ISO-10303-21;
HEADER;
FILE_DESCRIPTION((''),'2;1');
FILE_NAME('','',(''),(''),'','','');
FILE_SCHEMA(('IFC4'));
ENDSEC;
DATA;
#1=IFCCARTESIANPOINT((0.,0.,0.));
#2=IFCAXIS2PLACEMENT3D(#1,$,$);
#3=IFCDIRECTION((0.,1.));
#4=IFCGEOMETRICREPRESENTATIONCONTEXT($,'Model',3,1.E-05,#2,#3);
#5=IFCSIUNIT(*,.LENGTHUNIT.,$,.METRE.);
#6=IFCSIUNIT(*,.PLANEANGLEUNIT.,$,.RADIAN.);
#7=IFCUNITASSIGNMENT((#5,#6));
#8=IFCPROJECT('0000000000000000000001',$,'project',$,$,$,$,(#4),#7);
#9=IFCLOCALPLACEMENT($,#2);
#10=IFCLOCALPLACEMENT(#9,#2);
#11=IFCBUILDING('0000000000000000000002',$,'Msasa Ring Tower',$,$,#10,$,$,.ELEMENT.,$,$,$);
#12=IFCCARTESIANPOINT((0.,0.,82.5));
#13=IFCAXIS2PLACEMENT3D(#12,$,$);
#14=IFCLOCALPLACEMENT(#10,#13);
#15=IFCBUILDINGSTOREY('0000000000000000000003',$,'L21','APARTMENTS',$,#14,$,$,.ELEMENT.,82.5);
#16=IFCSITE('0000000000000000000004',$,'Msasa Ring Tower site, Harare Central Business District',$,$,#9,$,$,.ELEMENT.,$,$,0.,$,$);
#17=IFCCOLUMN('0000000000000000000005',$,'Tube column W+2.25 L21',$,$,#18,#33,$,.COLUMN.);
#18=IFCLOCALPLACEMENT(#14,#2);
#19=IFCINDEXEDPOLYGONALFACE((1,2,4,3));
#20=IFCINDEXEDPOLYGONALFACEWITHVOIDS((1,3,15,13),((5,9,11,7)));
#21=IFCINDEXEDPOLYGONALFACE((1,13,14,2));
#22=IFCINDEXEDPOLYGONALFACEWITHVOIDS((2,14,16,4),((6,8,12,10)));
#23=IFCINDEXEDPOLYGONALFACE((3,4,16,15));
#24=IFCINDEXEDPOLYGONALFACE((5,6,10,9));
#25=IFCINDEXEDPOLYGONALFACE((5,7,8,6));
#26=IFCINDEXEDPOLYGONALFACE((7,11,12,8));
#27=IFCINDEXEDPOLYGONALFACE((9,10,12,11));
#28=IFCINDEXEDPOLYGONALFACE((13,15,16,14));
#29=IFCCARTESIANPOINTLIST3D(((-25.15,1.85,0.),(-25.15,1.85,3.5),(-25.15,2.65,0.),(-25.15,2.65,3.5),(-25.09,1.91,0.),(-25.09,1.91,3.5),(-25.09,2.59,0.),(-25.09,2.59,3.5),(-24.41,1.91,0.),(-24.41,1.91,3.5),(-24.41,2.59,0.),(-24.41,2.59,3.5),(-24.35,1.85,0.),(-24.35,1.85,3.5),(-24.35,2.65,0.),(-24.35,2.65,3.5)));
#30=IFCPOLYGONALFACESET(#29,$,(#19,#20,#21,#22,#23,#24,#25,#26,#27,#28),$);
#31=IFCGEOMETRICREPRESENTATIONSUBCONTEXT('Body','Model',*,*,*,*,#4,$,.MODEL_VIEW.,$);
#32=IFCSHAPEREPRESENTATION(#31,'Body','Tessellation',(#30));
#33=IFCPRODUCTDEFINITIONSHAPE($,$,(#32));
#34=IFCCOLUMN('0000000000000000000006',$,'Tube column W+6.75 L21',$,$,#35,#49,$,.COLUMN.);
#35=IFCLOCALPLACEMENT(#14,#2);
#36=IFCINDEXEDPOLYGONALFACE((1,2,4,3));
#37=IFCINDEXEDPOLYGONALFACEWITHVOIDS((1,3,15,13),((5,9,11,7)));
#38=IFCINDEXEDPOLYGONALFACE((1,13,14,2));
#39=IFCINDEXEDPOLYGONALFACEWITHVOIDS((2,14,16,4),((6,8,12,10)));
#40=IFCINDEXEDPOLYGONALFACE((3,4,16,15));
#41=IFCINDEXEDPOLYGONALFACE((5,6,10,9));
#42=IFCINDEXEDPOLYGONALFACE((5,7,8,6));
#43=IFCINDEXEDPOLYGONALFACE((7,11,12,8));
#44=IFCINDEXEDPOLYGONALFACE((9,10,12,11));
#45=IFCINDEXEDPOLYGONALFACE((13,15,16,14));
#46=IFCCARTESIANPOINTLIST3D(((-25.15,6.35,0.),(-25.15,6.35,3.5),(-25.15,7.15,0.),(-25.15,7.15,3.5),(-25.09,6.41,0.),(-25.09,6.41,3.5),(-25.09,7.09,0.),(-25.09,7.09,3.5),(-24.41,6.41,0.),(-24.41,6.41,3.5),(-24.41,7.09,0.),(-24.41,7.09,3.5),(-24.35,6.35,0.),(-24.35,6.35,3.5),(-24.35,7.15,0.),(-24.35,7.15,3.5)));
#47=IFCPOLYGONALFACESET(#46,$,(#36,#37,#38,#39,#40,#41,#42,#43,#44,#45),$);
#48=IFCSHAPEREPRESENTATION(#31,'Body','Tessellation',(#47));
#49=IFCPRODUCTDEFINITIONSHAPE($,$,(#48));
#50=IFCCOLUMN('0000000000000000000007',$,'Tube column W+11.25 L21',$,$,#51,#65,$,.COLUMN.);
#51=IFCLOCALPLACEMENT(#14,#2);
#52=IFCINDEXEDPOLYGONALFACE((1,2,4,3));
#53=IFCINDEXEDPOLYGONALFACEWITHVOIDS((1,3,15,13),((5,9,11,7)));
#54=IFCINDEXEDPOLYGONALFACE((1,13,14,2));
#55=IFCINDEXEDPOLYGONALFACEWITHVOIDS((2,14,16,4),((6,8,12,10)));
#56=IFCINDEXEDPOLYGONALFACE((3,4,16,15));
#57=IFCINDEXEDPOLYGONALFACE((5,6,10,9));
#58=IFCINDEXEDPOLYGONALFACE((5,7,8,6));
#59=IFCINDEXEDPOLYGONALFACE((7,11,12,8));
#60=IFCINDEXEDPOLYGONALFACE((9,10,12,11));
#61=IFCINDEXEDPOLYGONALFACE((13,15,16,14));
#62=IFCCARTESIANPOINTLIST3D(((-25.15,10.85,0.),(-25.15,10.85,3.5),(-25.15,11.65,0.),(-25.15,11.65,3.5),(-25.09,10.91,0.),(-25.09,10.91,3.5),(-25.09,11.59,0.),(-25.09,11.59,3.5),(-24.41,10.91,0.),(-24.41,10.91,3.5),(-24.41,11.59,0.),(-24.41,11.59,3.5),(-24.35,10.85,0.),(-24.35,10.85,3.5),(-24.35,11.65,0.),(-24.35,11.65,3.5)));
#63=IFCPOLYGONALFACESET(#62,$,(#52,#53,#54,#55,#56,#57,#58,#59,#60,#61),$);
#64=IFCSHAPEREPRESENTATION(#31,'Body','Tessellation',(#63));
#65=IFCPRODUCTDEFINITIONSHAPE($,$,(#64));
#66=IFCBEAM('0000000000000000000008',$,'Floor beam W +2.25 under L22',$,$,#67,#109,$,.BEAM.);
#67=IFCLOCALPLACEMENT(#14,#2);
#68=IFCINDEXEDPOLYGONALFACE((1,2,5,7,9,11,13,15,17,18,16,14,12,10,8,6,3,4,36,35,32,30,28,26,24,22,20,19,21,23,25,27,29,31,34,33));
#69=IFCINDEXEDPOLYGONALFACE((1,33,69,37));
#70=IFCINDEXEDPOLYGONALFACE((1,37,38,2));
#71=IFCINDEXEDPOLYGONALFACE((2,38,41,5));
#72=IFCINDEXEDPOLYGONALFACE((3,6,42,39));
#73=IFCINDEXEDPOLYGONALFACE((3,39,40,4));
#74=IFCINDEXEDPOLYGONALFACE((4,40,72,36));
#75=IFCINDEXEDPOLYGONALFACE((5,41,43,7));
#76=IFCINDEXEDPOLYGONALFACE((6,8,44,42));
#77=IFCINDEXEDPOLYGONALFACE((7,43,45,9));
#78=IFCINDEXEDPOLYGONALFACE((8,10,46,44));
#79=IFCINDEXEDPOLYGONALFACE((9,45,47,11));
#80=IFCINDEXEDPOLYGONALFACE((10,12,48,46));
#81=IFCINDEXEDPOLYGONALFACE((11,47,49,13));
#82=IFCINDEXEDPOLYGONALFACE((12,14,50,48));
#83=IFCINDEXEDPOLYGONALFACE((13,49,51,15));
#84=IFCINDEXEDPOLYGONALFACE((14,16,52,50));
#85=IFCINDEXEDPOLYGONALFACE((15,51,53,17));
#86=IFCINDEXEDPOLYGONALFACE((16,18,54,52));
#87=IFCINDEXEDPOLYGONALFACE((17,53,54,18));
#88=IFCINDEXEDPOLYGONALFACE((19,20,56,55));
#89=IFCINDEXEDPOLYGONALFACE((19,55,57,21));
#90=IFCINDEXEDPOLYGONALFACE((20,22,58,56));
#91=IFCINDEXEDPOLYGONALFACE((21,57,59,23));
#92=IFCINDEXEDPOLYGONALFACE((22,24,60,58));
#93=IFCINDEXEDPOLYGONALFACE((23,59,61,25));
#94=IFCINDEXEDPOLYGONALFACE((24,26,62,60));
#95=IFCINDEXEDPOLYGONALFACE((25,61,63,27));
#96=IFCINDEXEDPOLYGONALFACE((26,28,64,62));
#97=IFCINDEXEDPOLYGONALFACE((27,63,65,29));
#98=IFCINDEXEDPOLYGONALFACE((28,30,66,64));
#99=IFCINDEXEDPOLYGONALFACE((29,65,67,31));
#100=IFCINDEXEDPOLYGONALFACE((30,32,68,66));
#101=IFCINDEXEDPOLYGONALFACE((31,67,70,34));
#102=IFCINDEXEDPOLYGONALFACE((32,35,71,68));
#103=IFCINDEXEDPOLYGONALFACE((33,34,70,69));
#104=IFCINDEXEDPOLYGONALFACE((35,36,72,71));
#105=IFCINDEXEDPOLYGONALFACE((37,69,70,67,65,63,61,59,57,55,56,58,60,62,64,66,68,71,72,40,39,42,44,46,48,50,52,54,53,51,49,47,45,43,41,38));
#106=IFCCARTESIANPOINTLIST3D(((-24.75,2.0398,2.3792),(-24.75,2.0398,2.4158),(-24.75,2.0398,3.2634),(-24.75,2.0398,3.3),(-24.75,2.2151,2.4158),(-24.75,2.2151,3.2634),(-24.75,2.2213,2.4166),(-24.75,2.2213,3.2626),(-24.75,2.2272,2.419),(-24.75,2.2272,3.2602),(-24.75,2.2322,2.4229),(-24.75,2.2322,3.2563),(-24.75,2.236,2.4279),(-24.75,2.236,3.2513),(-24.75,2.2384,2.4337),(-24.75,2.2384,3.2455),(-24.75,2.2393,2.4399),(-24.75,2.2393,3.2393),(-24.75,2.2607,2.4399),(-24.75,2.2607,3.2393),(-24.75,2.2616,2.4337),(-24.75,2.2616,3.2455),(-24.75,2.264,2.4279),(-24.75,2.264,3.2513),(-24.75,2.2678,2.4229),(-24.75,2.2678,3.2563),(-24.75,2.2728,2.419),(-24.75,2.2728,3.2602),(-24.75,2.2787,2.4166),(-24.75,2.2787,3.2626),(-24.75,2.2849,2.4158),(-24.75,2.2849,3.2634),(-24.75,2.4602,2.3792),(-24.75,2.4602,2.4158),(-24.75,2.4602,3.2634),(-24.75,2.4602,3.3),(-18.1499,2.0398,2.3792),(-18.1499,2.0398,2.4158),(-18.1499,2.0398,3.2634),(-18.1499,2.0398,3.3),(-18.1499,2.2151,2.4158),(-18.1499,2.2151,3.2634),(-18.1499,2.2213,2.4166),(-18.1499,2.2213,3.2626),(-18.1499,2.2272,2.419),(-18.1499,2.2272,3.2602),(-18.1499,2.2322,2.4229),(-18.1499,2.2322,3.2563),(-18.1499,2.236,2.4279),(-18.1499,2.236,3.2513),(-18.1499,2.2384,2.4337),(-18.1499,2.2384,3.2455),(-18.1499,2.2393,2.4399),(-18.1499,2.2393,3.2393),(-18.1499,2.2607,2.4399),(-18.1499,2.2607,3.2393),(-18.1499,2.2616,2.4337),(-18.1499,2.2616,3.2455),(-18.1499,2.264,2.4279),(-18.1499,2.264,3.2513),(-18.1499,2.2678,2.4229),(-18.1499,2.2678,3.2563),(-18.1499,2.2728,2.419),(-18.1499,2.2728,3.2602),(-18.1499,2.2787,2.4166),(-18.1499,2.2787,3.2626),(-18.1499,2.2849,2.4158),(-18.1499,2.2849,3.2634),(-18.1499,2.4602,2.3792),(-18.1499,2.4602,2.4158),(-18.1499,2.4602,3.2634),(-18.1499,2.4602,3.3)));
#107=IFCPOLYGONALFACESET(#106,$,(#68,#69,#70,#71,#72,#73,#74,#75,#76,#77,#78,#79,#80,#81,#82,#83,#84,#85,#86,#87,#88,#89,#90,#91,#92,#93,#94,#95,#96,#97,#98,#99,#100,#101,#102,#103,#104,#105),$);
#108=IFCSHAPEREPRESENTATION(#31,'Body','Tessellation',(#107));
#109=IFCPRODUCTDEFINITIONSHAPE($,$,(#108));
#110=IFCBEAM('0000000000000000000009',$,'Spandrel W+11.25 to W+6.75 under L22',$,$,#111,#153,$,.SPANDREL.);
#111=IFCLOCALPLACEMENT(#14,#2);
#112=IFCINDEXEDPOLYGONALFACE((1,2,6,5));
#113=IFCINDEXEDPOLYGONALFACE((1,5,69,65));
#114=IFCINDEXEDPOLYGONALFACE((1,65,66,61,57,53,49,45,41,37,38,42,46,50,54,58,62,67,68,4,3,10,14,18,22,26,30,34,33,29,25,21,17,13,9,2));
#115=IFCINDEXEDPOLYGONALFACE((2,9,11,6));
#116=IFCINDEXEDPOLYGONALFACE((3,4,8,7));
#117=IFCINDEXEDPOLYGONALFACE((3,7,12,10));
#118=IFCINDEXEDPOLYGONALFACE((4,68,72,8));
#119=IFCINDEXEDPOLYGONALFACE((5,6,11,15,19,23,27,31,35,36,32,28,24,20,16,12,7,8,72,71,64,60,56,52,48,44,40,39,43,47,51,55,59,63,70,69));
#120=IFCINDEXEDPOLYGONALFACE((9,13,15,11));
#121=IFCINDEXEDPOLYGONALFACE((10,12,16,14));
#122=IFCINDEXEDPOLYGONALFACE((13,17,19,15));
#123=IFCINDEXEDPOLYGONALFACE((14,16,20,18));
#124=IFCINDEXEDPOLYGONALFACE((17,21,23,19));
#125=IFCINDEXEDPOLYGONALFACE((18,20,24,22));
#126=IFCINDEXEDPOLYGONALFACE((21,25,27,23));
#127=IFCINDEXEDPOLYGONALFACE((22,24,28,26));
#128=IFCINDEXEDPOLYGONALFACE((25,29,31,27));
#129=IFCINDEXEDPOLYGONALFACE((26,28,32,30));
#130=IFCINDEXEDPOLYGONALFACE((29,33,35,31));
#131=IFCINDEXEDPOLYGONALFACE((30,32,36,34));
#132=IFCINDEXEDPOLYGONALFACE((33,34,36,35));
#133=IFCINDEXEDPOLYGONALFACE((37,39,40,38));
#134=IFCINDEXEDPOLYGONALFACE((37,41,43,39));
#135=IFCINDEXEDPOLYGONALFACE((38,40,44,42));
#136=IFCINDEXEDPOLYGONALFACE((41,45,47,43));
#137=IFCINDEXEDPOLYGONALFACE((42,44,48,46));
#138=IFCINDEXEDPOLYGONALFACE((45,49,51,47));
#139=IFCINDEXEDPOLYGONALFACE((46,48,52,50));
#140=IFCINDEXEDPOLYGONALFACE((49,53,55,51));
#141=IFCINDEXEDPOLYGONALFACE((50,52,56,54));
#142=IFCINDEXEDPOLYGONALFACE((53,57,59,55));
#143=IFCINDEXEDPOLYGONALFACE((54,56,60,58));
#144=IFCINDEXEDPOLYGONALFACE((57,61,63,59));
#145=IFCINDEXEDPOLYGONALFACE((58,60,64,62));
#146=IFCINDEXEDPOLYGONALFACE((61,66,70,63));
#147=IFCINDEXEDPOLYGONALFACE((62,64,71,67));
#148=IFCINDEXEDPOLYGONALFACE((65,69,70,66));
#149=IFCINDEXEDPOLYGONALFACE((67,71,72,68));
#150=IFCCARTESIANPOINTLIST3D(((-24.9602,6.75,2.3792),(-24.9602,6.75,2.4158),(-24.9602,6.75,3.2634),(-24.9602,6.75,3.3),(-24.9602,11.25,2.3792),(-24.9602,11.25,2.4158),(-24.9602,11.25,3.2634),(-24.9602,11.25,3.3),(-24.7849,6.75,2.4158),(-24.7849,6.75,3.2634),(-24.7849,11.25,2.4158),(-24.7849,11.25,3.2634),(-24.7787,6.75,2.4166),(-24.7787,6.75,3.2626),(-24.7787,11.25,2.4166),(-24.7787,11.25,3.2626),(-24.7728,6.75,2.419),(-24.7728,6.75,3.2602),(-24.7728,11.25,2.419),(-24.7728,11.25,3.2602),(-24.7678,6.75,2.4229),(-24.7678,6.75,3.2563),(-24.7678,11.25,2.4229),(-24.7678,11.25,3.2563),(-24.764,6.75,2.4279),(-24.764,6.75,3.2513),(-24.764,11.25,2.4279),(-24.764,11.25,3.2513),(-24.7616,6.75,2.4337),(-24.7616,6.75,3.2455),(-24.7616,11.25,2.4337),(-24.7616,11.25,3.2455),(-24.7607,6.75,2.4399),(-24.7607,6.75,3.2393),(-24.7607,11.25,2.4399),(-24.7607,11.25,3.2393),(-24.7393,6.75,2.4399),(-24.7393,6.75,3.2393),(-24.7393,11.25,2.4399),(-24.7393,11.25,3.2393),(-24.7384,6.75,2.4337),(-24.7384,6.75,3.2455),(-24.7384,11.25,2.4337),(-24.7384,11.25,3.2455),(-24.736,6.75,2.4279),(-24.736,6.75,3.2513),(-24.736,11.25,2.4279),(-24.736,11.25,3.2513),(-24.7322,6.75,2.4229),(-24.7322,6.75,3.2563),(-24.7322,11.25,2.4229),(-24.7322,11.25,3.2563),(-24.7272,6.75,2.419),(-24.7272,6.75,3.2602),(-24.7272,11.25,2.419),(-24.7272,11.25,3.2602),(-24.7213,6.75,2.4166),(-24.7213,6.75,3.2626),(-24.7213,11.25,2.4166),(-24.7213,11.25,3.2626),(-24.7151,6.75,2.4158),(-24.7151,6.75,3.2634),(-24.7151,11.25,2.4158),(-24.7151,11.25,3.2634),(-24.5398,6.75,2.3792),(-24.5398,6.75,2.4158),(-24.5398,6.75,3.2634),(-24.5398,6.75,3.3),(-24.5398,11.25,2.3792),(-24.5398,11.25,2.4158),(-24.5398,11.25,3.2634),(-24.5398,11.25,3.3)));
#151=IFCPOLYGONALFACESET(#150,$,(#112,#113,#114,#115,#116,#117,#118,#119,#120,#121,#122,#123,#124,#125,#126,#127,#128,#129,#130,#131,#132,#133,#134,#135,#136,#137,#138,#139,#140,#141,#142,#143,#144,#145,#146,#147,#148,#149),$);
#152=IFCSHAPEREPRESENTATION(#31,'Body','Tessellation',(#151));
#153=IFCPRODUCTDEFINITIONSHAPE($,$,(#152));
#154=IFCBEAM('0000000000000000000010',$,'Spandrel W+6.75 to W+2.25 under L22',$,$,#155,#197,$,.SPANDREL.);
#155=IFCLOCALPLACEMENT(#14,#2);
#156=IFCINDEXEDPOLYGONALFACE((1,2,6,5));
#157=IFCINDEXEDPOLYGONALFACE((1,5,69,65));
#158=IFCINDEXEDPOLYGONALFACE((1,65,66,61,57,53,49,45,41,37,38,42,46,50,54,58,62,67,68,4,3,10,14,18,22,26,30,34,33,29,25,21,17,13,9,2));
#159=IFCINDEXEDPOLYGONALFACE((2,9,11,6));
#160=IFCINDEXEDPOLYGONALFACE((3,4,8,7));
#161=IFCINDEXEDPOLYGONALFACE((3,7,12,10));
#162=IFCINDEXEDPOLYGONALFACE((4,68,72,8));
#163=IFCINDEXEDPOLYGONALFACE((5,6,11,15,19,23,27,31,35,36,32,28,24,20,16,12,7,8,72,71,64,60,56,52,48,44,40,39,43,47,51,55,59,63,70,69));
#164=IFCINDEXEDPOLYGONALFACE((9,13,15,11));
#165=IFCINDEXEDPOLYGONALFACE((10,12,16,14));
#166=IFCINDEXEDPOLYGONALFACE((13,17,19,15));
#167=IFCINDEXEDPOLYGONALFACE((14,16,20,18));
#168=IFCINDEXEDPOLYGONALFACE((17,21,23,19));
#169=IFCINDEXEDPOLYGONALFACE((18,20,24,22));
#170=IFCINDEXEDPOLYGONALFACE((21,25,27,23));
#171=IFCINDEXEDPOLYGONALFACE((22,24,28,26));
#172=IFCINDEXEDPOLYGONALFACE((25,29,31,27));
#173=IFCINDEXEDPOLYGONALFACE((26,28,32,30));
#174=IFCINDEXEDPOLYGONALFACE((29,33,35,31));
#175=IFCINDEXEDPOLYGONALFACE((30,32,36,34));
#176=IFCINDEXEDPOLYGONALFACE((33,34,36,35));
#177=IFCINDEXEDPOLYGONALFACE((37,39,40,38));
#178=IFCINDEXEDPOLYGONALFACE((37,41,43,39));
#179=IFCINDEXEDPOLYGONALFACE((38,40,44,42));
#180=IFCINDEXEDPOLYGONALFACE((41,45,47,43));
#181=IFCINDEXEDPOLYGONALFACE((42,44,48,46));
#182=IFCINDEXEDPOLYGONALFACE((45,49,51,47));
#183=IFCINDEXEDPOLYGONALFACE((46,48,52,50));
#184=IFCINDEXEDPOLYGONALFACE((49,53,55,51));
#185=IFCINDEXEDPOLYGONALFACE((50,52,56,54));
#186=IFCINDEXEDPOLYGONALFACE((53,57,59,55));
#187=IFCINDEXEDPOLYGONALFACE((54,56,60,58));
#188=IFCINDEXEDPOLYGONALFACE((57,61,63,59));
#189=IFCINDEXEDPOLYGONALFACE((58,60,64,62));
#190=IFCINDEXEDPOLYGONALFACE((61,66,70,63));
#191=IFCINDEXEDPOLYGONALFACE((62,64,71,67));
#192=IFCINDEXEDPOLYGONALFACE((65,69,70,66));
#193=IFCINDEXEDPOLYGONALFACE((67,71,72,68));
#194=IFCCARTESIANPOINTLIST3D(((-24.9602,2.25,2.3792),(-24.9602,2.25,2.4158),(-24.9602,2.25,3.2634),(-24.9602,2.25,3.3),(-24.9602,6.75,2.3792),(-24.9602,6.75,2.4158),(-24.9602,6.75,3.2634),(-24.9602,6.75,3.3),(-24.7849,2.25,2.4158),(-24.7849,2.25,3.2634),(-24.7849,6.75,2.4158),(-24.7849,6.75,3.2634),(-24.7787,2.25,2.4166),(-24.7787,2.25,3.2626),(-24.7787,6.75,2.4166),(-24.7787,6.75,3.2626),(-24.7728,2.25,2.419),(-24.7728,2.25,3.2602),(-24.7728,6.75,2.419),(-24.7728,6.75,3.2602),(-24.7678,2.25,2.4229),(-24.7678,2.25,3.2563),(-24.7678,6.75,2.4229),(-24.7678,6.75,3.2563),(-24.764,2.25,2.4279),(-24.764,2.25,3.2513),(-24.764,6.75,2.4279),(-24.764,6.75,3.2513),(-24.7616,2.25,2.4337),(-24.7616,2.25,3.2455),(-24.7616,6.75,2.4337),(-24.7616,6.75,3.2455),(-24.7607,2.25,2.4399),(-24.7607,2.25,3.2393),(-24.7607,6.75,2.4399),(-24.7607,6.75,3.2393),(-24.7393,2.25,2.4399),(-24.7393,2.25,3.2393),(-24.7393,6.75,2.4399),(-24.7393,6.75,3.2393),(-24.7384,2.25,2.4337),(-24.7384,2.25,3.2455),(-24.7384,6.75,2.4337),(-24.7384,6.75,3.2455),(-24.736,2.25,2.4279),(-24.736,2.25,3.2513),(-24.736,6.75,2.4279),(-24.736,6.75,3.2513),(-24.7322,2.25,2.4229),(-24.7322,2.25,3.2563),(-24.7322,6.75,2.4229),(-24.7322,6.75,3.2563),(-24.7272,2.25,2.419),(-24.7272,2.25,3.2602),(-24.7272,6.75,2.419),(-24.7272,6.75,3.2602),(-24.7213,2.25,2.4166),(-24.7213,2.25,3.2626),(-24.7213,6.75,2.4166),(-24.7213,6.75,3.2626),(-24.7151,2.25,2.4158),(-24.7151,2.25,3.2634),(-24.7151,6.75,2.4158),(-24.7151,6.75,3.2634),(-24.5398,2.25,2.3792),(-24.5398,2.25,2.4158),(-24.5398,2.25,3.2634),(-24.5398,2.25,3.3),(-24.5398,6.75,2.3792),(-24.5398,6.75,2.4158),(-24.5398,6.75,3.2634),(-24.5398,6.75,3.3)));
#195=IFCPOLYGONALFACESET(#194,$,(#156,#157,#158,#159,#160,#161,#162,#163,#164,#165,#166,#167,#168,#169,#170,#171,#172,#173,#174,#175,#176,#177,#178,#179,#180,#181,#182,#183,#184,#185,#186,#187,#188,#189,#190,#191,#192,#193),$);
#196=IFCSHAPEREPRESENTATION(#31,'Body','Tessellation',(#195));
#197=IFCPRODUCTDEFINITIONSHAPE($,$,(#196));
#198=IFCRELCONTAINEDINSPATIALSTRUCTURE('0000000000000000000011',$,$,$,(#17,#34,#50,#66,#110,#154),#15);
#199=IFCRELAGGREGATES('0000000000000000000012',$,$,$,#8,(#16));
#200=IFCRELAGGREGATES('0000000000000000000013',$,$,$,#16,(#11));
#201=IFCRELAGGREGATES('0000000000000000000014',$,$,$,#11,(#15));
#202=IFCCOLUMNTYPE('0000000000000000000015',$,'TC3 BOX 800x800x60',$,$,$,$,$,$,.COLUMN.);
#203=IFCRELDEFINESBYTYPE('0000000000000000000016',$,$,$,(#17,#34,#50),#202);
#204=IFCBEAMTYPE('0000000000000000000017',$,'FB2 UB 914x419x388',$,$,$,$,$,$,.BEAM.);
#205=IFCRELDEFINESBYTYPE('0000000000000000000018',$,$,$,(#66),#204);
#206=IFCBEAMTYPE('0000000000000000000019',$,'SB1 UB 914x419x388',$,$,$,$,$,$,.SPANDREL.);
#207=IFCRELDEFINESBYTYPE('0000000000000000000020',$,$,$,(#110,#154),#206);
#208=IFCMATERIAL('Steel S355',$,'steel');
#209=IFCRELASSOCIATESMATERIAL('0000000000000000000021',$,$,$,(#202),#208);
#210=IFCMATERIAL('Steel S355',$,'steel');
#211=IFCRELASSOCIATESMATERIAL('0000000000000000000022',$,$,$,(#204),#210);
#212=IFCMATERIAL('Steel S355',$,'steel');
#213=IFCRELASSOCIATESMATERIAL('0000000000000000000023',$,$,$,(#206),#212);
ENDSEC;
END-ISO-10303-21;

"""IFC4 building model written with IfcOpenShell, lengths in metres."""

from ifc_helpers import new_model, si_unit, direction, frame, origin, origin_2d, place, context, subcontext, project, spatial, hollow_rectangle, i_section, extrude, material, material_profile, profile_set, type_object, element, save


model = new_model("IFC4")

# Units and contexts
model_context = context("Model", 3, precision=1e-05, world=origin(), true_north=direction((0.0, 1.0)))
body_context = subcontext(model_context, "Body", "Model", "MODEL_VIEW")
ifc_project = project(units=[si_unit("LENGTHUNIT", "METRE"), si_unit("PLANEANGLEUNIT", "RADIAN")], contexts=[model_context])

# Site, building, storey
site_placement = place(None, origin())
site = spatial("IfcSite", under=ifc_project, at=site_placement, Name="Msasa Ring Tower site, Harare Central Business District", CompositionType="ELEMENT", RefElevation=0.0)
building_placement = place(site_placement, origin())
building = spatial("IfcBuilding", under=site, at=building_placement, Name="Msasa Ring Tower", CompositionType="ELEMENT")
storey_placement = place(building_placement, frame((0.0, 0.0, 82.5)))
storey = spatial("IfcBuildingStorey", under=building, at=storey_placement, Name="L21", Description="APARTMENTS", CompositionType="ELEMENT", Elevation=82.5)

# Columns
ifc_material_1 = material(Name="Steel S355", Category="steel")
ifc_material_profile_1 = material_profile(ifc_material_1, hollow_rectangle(XDim=0.8, YDim=0.8, WallThickness=0.0601, at=origin_2d()), Name="BOX 800x800x60")
ifc_profile_set_1 = profile_set([ifc_material_profile_1], Name="Steel S355")
column_type = type_object("IfcColumnType", Name="TC3 BOX 800x800x60", PredefinedType="COLUMN", material=ifc_profile_set_1)
for number, where, z_axis, x_axis, name in (
    (1, (-24.75, 2.25, 0.0), (0.0, 0.0, 1.0), (1.0, 0.0, 0.0), "Tube column W+2.25 L21"),
    (2, (-24.75, 6.75, 0.0), (0.0, 0.0, 1.0), (1.0, 0.0, 0.0), "Tube column W+6.75 L21"),
    (3, (-24.75, 11.25, 0.0), (0.0, 0.0, 1.0), (1.0, 0.0, 0.0), "Tube column W+11.25 L21"),
):
    element("IfcColumn", number, at=place(storey_placement, frame(where, z_axis=z_axis, x_axis=x_axis)), inside=storey, type_object=column_type, Name=name, PredefinedType="COLUMN", context=body_context, shape_type="SweptSolid", body=[
        extrude(hollow_rectangle(XDim=0.8, YDim=0.8, WallThickness=0.0601, at=origin_2d()), origin(), (0.0, 0.0, 1.0), 3.5),
    ])

# Beams
ifc_material_2 = material(Name="Steel S355", Category="steel")
ifc_material_profile_2 = material_profile(ifc_material_2, i_section(OverallWidth=0.4204, OverallDepth=0.9209, WebThickness=0.0215, FlangeThickness=0.0366, FilletRadius=0.0242, at=origin_2d()), Name="UB 914x419x388")
ifc_profile_set_2 = profile_set([ifc_material_profile_2], Name="Steel S355")
beam_type_1 = type_object("IfcBeamType", Name="FB2 UB 914x419x388", PredefinedType="BEAM", material=ifc_profile_set_2)
beam_placement = place(storey_placement, frame((-24.75, 2.25, 2.8396), z_axis=(1.0, 0.0, 0.0), x_axis=(0.0, 1.0, 0.0)))
element("IfcBeam", 4, at=beam_placement, inside=storey, type_object=beam_type_1, Name="Floor beam W +2.25 under L22", PredefinedType="BEAM", context=body_context, shape_type="SweptSolid", body=[
    extrude(i_section(OverallWidth=0.4204, OverallDepth=0.9209, WebThickness=0.0215, FlangeThickness=0.0366, FilletRadius=0.0242, at=origin_2d()), origin(), (0.0, 0.0, 1.0), 6.6001),
])
ifc_material_3 = material(Name="Steel S355", Category="steel")
ifc_material_profile_3 = material_profile(ifc_material_3, i_section(OverallWidth=0.4204, OverallDepth=0.9209, WebThickness=0.0215, FlangeThickness=0.0366, FilletRadius=0.0242, at=origin_2d()), Name="UB 914x419x388")
ifc_profile_set_3 = profile_set([ifc_material_profile_3], Name="Steel S355")
beam_type_2 = type_object("IfcBeamType", Name="SB1 UB 914x419x388", PredefinedType="SPANDREL", material=ifc_profile_set_3)
for number, where, z_axis, x_axis, name in (
    (5, (-24.75, 11.25, 2.8396), (0.0, -1.0, 0.0), (1.0, 0.0, 0.0), "Spandrel W+11.25 to W+6.75 under L22"),
    (6, (-24.75, 6.75, 2.8396), (0.0, -1.0, 0.0), (1.0, 0.0, 0.0), "Spandrel W+6.75 to W+2.25 under L22"),
):
    element("IfcBeam", number, at=place(storey_placement, frame(where, z_axis=z_axis, x_axis=x_axis)), inside=storey, type_object=beam_type_2, Name=name, PredefinedType="SPANDREL", context=body_context, shape_type="SweptSolid", body=[
        extrude(i_section(OverallWidth=0.4204, OverallDepth=0.9209, WebThickness=0.0215, FlangeThickness=0.0366, FilletRadius=0.0242, at=origin_2d()), origin(), (0.0, 0.0, 1.0), 4.5),
    ])

save(model, "model.ifc")
